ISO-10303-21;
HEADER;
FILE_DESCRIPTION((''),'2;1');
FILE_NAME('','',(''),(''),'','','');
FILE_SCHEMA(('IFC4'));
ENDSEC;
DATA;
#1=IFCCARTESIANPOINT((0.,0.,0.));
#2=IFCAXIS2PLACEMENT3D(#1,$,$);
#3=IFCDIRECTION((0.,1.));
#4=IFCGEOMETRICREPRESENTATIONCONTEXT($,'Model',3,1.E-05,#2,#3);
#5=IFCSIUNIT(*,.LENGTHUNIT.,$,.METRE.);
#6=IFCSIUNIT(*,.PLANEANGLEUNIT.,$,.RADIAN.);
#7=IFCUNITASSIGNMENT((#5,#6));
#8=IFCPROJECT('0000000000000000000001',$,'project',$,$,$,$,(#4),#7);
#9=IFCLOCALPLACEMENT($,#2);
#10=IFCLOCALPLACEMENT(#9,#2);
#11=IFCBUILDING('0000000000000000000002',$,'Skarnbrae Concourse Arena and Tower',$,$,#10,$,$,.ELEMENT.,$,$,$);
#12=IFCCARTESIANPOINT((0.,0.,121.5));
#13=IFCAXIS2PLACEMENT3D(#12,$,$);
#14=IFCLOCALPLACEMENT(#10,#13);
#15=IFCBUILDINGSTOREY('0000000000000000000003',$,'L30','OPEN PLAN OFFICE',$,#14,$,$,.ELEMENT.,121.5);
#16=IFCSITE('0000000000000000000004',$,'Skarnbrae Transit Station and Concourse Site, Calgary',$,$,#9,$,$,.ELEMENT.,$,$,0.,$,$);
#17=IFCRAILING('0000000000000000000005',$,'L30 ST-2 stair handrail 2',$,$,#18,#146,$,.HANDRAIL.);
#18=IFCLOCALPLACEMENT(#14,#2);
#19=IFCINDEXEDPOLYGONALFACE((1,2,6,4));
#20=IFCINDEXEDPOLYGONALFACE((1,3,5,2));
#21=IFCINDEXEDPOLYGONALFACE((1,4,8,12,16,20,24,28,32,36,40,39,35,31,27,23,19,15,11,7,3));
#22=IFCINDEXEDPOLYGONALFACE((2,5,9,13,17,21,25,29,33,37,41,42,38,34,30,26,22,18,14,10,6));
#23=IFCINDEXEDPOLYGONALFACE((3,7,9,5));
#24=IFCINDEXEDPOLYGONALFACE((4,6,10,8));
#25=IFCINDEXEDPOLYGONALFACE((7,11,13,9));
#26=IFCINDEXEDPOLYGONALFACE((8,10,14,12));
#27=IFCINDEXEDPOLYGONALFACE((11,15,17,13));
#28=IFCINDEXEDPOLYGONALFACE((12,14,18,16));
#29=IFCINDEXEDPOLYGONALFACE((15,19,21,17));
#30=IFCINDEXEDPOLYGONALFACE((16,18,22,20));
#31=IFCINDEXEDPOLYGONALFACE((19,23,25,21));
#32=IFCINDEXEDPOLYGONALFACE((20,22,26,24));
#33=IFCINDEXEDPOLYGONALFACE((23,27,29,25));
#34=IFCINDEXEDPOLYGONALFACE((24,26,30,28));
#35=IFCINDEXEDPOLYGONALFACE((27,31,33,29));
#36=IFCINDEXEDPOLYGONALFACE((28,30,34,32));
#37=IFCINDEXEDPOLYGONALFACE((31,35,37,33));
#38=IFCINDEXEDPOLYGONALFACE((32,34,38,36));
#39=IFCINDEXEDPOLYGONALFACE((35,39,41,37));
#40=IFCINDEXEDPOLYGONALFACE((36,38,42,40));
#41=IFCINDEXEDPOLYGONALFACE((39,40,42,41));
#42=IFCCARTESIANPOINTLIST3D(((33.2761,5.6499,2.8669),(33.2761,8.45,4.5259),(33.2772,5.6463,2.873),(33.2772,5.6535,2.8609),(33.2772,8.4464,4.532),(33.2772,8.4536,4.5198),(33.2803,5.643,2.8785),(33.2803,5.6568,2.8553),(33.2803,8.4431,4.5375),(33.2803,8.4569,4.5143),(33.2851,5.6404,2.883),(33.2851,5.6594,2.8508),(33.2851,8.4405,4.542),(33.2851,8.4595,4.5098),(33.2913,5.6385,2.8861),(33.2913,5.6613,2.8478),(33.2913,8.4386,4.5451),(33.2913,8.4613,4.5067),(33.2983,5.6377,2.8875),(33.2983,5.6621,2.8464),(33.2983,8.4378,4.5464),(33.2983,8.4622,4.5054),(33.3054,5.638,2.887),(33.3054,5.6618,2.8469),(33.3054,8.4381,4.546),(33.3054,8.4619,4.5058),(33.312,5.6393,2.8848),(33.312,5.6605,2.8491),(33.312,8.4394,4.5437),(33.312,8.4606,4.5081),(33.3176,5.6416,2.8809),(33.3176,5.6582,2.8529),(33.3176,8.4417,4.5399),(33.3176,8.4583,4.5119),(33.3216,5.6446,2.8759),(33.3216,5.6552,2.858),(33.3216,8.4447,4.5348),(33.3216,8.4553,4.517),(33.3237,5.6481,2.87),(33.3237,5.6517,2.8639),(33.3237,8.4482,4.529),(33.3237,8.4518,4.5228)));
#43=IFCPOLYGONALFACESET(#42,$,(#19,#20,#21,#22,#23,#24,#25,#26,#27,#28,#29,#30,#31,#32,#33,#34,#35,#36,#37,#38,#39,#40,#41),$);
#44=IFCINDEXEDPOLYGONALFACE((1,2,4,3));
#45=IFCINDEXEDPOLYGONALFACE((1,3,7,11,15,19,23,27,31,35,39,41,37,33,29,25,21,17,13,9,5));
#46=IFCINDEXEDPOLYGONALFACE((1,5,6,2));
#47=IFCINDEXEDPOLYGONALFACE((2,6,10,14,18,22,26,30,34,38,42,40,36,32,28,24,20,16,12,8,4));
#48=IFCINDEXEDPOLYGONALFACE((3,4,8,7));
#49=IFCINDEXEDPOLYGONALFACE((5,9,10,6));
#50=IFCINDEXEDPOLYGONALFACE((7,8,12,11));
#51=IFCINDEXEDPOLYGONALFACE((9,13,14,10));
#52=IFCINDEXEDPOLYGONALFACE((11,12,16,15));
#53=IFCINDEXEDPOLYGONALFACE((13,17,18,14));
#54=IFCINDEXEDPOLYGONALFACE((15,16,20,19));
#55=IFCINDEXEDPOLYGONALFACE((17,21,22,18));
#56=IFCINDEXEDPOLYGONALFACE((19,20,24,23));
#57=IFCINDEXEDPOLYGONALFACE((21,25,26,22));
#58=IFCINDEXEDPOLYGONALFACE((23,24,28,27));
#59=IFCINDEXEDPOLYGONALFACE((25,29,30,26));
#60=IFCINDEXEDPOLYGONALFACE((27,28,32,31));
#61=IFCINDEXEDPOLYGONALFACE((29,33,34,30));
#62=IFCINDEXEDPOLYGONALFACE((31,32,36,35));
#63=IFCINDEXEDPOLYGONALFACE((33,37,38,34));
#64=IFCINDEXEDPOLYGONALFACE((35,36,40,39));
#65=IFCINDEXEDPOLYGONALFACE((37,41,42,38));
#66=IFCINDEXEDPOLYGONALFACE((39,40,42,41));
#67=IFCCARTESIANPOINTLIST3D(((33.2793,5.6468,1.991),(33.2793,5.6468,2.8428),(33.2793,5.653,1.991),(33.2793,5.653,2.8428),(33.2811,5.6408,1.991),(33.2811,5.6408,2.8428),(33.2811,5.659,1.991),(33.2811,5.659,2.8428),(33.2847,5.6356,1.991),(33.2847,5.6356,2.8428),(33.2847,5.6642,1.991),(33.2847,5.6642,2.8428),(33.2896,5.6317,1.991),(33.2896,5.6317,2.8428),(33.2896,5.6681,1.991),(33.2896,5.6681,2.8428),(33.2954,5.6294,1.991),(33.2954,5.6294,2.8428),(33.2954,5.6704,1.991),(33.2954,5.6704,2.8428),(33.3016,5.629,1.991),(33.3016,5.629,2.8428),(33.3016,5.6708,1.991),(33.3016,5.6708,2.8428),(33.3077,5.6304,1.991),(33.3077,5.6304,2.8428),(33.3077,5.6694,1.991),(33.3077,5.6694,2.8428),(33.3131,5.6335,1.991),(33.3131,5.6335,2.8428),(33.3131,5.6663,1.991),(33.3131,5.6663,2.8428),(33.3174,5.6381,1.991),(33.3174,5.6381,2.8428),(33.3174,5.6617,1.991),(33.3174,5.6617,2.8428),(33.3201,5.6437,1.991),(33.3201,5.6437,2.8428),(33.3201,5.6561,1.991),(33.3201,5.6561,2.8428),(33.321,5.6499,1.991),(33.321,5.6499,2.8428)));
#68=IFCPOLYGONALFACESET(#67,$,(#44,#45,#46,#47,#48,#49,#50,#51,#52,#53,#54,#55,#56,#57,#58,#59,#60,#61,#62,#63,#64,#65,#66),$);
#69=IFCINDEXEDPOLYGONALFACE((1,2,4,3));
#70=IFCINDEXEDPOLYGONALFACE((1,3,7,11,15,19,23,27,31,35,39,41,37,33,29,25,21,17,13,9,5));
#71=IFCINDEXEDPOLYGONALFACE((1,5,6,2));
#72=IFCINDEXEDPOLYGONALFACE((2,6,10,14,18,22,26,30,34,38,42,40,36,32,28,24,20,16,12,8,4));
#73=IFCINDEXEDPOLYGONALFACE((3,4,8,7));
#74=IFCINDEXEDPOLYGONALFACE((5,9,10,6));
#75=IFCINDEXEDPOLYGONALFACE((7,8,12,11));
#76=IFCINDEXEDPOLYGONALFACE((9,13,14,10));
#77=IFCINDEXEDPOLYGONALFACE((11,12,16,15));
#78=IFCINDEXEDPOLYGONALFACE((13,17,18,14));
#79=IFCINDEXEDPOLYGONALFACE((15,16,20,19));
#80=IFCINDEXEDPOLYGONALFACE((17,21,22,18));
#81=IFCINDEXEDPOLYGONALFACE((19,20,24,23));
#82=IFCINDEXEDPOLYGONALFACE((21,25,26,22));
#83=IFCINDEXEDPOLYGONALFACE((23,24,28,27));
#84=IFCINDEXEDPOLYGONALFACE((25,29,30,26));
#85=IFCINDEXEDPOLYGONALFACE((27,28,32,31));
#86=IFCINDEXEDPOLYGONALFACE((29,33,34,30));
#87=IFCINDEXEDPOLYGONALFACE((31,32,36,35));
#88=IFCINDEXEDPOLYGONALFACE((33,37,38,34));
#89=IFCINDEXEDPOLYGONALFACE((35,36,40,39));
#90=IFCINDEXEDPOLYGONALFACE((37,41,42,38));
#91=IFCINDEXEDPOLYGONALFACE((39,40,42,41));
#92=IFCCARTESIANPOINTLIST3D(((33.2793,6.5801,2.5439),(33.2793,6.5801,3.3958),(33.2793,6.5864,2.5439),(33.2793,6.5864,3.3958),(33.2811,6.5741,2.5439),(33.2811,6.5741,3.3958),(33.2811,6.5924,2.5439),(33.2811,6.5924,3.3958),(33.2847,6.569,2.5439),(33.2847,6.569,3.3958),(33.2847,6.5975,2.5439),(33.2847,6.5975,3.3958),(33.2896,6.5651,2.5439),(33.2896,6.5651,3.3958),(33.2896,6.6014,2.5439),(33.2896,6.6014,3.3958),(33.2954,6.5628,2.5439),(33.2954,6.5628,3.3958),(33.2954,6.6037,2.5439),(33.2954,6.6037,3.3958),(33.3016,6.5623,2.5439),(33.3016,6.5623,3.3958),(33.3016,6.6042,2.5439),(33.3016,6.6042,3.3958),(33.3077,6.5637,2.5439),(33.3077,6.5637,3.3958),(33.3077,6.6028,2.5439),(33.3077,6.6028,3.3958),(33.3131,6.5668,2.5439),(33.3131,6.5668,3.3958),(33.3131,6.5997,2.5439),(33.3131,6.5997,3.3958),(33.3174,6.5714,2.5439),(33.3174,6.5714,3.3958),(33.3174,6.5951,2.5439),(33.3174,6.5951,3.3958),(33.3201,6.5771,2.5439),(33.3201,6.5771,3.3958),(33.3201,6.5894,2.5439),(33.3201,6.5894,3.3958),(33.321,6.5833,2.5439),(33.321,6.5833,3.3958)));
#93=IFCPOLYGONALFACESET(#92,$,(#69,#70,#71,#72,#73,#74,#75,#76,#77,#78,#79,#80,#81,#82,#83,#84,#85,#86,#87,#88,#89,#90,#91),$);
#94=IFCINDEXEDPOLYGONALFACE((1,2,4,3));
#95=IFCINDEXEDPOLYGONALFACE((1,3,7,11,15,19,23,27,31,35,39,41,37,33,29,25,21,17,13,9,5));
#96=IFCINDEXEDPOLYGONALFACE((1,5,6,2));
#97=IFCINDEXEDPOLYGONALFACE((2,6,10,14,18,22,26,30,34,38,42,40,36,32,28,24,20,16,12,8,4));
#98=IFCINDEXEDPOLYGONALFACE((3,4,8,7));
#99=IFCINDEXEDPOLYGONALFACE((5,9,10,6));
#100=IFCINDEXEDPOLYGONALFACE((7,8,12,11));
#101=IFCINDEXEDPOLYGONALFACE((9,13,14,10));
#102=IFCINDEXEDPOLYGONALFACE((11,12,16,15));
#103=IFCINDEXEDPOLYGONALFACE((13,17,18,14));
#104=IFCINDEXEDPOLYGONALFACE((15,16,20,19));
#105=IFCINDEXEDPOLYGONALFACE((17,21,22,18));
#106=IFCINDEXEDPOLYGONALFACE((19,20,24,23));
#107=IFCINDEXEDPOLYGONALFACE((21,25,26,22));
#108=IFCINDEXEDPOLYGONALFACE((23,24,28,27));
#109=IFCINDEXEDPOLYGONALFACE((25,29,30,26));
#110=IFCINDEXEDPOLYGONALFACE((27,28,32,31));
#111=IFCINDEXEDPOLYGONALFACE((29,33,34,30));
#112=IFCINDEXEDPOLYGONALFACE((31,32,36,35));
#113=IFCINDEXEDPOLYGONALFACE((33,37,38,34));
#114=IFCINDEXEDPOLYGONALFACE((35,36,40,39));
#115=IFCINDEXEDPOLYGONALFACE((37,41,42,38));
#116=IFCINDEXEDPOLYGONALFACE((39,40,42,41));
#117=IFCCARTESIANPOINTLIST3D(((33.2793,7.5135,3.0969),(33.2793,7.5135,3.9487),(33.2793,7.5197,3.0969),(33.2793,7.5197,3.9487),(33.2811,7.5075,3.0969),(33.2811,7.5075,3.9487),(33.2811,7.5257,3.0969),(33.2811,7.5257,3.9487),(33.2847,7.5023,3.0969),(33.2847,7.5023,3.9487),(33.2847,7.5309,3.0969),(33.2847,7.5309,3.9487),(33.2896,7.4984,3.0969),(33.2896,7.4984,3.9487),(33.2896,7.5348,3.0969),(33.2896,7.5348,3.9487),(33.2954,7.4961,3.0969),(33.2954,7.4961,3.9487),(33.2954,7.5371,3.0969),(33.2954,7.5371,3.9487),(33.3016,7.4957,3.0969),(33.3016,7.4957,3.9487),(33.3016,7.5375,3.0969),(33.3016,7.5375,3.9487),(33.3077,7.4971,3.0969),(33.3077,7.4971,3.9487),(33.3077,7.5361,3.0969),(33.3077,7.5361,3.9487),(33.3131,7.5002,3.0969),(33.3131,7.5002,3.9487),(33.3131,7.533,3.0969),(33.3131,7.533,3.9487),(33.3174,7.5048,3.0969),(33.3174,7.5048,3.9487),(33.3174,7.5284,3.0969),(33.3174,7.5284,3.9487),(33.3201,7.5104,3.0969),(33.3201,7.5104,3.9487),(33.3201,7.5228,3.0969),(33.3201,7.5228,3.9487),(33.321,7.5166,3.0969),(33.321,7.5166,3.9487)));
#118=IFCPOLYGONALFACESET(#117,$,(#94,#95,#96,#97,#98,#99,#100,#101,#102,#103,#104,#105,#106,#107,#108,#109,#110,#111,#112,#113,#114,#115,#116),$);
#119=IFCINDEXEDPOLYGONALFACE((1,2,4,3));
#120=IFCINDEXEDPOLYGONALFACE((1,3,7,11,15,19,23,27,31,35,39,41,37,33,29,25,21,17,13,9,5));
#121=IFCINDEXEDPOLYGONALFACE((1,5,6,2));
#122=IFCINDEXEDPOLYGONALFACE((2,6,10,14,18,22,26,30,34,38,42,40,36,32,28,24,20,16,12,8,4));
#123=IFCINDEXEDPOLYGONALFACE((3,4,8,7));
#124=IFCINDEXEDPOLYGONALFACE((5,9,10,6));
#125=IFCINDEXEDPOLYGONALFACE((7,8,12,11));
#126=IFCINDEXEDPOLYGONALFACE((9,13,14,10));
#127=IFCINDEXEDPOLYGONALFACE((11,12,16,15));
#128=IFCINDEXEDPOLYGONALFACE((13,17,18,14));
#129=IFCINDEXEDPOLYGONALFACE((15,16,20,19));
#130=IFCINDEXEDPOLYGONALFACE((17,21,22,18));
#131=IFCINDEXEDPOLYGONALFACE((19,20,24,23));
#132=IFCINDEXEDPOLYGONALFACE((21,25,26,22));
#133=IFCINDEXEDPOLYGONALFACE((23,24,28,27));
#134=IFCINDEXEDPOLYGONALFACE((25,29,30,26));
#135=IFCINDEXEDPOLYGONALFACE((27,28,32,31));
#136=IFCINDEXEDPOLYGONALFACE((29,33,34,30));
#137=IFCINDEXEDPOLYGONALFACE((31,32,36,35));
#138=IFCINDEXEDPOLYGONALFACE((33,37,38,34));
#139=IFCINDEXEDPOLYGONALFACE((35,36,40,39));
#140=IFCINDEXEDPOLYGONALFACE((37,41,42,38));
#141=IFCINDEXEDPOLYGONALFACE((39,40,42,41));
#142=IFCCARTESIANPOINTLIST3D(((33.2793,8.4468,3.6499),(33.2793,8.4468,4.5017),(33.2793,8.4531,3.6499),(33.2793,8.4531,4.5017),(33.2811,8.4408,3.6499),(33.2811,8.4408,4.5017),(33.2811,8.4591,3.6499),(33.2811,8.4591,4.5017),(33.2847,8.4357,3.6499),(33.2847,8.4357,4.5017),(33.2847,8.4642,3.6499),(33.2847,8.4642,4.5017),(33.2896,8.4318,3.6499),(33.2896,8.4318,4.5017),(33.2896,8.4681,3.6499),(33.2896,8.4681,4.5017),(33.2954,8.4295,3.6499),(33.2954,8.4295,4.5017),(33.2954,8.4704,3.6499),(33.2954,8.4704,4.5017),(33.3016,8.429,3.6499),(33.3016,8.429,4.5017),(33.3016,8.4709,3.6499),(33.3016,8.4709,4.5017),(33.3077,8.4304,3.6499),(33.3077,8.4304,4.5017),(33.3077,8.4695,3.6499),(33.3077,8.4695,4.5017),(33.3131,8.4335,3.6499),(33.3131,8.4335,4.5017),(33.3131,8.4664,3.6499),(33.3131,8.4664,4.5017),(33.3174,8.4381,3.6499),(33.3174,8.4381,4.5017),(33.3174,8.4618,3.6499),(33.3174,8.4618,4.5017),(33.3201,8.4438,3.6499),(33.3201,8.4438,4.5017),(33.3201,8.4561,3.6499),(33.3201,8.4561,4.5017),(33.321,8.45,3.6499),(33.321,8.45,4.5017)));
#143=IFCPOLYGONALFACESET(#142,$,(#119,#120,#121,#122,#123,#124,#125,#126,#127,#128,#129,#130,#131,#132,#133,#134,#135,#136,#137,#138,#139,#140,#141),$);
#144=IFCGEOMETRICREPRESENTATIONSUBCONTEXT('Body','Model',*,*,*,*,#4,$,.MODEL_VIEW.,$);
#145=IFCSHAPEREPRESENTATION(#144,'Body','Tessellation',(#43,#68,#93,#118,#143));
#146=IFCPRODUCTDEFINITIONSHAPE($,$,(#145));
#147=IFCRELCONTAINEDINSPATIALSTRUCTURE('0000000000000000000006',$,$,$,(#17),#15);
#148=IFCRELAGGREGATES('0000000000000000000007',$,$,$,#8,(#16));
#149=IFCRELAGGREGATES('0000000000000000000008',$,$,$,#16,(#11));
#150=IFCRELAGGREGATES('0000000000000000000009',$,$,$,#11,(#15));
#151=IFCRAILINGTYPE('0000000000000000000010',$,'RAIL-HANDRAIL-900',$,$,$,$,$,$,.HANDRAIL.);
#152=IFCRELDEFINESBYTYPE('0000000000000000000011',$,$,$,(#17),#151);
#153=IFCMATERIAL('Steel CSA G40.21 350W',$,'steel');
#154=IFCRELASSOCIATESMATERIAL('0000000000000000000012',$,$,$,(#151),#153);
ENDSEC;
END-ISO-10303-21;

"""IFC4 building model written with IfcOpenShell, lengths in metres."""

from ifc_helpers import new_model, si_unit, direction, frame, origin, origin_2d, place, context, subcontext, project, spatial, circle, extrude, material, type_object, element, save


model = new_model("IFC4")

# Units and contexts
model_context = context("Model", 3, precision=1e-05, world=origin(), true_north=direction((0.0, 1.0)))
body_context = subcontext(model_context, "Body", "Model", "MODEL_VIEW")
ifc_project = project(units=[si_unit("LENGTHUNIT", "METRE"), si_unit("PLANEANGLEUNIT", "RADIAN")], contexts=[model_context])

# Site, building, storey
site_placement = place(None, origin())
site = spatial("IfcSite", under=ifc_project, at=site_placement, Name="Skarnbrae Transit Station and Concourse Site, Calgary", CompositionType="ELEMENT", RefElevation=0.0)
building_placement = place(site_placement, origin())
building = spatial("IfcBuilding", under=site, at=building_placement, Name="Skarnbrae Concourse Arena and Tower", CompositionType="ELEMENT")
storey_placement = place(building_placement, frame((0.0, 0.0, 121.5)))
storey = spatial("IfcBuildingStorey", under=building, at=storey_placement, Name="L30", Description="OPEN PLAN OFFICE", CompositionType="ELEMENT", Elevation=121.5)

# Shared definitions
ifc_material_1 = material(Name="Steel CSA G40.21 350W", Category="steel")

# Railing
railing_type_1 = type_object("IfcRailingType", Name="RAIL-HANDRAIL-900", PredefinedType="HANDRAIL", material=ifc_material_1)
railing_1_placement = place(storey_placement, frame((33.3, 5.6499, 1.991)))
element("IfcRailing", 1, at=railing_1_placement, inside=storey, type_object=railing_type_1, Name="L30 ST-2 stair handrail 2", PredefinedType="HANDRAIL", context=body_context, shape_type="SweptSolid", body=[
    extrude(circle(Radius=0.0239, at=origin_2d()), frame((0.0, 0.0, 0.876), z_axis=(0.0, 0.860339, 0.509722), x_axis=(-1.0, 0.0, 0.0)), (0.0, 0.0, 1.0), 3.2546),
    extrude(circle(Radius=0.021, at=origin_2d()), origin(), (0.0, 0.0, 1.0), 0.8518),
    extrude(circle(Radius=0.021, at=origin_2d()), frame((0.0, 0.9333, 0.553)), (0.0, 0.0, 1.0), 0.8518),
    extrude(circle(Radius=0.021, at=origin_2d()), frame((0.0, 1.8667, 1.106)), (0.0, 0.0, 1.0), 0.8518),
    extrude(circle(Radius=0.021, at=origin_2d()), frame((0.0, 2.8, 1.6589)), (0.0, 0.0, 1.0), 0.8518),
])

save(model, "model.ifc")
